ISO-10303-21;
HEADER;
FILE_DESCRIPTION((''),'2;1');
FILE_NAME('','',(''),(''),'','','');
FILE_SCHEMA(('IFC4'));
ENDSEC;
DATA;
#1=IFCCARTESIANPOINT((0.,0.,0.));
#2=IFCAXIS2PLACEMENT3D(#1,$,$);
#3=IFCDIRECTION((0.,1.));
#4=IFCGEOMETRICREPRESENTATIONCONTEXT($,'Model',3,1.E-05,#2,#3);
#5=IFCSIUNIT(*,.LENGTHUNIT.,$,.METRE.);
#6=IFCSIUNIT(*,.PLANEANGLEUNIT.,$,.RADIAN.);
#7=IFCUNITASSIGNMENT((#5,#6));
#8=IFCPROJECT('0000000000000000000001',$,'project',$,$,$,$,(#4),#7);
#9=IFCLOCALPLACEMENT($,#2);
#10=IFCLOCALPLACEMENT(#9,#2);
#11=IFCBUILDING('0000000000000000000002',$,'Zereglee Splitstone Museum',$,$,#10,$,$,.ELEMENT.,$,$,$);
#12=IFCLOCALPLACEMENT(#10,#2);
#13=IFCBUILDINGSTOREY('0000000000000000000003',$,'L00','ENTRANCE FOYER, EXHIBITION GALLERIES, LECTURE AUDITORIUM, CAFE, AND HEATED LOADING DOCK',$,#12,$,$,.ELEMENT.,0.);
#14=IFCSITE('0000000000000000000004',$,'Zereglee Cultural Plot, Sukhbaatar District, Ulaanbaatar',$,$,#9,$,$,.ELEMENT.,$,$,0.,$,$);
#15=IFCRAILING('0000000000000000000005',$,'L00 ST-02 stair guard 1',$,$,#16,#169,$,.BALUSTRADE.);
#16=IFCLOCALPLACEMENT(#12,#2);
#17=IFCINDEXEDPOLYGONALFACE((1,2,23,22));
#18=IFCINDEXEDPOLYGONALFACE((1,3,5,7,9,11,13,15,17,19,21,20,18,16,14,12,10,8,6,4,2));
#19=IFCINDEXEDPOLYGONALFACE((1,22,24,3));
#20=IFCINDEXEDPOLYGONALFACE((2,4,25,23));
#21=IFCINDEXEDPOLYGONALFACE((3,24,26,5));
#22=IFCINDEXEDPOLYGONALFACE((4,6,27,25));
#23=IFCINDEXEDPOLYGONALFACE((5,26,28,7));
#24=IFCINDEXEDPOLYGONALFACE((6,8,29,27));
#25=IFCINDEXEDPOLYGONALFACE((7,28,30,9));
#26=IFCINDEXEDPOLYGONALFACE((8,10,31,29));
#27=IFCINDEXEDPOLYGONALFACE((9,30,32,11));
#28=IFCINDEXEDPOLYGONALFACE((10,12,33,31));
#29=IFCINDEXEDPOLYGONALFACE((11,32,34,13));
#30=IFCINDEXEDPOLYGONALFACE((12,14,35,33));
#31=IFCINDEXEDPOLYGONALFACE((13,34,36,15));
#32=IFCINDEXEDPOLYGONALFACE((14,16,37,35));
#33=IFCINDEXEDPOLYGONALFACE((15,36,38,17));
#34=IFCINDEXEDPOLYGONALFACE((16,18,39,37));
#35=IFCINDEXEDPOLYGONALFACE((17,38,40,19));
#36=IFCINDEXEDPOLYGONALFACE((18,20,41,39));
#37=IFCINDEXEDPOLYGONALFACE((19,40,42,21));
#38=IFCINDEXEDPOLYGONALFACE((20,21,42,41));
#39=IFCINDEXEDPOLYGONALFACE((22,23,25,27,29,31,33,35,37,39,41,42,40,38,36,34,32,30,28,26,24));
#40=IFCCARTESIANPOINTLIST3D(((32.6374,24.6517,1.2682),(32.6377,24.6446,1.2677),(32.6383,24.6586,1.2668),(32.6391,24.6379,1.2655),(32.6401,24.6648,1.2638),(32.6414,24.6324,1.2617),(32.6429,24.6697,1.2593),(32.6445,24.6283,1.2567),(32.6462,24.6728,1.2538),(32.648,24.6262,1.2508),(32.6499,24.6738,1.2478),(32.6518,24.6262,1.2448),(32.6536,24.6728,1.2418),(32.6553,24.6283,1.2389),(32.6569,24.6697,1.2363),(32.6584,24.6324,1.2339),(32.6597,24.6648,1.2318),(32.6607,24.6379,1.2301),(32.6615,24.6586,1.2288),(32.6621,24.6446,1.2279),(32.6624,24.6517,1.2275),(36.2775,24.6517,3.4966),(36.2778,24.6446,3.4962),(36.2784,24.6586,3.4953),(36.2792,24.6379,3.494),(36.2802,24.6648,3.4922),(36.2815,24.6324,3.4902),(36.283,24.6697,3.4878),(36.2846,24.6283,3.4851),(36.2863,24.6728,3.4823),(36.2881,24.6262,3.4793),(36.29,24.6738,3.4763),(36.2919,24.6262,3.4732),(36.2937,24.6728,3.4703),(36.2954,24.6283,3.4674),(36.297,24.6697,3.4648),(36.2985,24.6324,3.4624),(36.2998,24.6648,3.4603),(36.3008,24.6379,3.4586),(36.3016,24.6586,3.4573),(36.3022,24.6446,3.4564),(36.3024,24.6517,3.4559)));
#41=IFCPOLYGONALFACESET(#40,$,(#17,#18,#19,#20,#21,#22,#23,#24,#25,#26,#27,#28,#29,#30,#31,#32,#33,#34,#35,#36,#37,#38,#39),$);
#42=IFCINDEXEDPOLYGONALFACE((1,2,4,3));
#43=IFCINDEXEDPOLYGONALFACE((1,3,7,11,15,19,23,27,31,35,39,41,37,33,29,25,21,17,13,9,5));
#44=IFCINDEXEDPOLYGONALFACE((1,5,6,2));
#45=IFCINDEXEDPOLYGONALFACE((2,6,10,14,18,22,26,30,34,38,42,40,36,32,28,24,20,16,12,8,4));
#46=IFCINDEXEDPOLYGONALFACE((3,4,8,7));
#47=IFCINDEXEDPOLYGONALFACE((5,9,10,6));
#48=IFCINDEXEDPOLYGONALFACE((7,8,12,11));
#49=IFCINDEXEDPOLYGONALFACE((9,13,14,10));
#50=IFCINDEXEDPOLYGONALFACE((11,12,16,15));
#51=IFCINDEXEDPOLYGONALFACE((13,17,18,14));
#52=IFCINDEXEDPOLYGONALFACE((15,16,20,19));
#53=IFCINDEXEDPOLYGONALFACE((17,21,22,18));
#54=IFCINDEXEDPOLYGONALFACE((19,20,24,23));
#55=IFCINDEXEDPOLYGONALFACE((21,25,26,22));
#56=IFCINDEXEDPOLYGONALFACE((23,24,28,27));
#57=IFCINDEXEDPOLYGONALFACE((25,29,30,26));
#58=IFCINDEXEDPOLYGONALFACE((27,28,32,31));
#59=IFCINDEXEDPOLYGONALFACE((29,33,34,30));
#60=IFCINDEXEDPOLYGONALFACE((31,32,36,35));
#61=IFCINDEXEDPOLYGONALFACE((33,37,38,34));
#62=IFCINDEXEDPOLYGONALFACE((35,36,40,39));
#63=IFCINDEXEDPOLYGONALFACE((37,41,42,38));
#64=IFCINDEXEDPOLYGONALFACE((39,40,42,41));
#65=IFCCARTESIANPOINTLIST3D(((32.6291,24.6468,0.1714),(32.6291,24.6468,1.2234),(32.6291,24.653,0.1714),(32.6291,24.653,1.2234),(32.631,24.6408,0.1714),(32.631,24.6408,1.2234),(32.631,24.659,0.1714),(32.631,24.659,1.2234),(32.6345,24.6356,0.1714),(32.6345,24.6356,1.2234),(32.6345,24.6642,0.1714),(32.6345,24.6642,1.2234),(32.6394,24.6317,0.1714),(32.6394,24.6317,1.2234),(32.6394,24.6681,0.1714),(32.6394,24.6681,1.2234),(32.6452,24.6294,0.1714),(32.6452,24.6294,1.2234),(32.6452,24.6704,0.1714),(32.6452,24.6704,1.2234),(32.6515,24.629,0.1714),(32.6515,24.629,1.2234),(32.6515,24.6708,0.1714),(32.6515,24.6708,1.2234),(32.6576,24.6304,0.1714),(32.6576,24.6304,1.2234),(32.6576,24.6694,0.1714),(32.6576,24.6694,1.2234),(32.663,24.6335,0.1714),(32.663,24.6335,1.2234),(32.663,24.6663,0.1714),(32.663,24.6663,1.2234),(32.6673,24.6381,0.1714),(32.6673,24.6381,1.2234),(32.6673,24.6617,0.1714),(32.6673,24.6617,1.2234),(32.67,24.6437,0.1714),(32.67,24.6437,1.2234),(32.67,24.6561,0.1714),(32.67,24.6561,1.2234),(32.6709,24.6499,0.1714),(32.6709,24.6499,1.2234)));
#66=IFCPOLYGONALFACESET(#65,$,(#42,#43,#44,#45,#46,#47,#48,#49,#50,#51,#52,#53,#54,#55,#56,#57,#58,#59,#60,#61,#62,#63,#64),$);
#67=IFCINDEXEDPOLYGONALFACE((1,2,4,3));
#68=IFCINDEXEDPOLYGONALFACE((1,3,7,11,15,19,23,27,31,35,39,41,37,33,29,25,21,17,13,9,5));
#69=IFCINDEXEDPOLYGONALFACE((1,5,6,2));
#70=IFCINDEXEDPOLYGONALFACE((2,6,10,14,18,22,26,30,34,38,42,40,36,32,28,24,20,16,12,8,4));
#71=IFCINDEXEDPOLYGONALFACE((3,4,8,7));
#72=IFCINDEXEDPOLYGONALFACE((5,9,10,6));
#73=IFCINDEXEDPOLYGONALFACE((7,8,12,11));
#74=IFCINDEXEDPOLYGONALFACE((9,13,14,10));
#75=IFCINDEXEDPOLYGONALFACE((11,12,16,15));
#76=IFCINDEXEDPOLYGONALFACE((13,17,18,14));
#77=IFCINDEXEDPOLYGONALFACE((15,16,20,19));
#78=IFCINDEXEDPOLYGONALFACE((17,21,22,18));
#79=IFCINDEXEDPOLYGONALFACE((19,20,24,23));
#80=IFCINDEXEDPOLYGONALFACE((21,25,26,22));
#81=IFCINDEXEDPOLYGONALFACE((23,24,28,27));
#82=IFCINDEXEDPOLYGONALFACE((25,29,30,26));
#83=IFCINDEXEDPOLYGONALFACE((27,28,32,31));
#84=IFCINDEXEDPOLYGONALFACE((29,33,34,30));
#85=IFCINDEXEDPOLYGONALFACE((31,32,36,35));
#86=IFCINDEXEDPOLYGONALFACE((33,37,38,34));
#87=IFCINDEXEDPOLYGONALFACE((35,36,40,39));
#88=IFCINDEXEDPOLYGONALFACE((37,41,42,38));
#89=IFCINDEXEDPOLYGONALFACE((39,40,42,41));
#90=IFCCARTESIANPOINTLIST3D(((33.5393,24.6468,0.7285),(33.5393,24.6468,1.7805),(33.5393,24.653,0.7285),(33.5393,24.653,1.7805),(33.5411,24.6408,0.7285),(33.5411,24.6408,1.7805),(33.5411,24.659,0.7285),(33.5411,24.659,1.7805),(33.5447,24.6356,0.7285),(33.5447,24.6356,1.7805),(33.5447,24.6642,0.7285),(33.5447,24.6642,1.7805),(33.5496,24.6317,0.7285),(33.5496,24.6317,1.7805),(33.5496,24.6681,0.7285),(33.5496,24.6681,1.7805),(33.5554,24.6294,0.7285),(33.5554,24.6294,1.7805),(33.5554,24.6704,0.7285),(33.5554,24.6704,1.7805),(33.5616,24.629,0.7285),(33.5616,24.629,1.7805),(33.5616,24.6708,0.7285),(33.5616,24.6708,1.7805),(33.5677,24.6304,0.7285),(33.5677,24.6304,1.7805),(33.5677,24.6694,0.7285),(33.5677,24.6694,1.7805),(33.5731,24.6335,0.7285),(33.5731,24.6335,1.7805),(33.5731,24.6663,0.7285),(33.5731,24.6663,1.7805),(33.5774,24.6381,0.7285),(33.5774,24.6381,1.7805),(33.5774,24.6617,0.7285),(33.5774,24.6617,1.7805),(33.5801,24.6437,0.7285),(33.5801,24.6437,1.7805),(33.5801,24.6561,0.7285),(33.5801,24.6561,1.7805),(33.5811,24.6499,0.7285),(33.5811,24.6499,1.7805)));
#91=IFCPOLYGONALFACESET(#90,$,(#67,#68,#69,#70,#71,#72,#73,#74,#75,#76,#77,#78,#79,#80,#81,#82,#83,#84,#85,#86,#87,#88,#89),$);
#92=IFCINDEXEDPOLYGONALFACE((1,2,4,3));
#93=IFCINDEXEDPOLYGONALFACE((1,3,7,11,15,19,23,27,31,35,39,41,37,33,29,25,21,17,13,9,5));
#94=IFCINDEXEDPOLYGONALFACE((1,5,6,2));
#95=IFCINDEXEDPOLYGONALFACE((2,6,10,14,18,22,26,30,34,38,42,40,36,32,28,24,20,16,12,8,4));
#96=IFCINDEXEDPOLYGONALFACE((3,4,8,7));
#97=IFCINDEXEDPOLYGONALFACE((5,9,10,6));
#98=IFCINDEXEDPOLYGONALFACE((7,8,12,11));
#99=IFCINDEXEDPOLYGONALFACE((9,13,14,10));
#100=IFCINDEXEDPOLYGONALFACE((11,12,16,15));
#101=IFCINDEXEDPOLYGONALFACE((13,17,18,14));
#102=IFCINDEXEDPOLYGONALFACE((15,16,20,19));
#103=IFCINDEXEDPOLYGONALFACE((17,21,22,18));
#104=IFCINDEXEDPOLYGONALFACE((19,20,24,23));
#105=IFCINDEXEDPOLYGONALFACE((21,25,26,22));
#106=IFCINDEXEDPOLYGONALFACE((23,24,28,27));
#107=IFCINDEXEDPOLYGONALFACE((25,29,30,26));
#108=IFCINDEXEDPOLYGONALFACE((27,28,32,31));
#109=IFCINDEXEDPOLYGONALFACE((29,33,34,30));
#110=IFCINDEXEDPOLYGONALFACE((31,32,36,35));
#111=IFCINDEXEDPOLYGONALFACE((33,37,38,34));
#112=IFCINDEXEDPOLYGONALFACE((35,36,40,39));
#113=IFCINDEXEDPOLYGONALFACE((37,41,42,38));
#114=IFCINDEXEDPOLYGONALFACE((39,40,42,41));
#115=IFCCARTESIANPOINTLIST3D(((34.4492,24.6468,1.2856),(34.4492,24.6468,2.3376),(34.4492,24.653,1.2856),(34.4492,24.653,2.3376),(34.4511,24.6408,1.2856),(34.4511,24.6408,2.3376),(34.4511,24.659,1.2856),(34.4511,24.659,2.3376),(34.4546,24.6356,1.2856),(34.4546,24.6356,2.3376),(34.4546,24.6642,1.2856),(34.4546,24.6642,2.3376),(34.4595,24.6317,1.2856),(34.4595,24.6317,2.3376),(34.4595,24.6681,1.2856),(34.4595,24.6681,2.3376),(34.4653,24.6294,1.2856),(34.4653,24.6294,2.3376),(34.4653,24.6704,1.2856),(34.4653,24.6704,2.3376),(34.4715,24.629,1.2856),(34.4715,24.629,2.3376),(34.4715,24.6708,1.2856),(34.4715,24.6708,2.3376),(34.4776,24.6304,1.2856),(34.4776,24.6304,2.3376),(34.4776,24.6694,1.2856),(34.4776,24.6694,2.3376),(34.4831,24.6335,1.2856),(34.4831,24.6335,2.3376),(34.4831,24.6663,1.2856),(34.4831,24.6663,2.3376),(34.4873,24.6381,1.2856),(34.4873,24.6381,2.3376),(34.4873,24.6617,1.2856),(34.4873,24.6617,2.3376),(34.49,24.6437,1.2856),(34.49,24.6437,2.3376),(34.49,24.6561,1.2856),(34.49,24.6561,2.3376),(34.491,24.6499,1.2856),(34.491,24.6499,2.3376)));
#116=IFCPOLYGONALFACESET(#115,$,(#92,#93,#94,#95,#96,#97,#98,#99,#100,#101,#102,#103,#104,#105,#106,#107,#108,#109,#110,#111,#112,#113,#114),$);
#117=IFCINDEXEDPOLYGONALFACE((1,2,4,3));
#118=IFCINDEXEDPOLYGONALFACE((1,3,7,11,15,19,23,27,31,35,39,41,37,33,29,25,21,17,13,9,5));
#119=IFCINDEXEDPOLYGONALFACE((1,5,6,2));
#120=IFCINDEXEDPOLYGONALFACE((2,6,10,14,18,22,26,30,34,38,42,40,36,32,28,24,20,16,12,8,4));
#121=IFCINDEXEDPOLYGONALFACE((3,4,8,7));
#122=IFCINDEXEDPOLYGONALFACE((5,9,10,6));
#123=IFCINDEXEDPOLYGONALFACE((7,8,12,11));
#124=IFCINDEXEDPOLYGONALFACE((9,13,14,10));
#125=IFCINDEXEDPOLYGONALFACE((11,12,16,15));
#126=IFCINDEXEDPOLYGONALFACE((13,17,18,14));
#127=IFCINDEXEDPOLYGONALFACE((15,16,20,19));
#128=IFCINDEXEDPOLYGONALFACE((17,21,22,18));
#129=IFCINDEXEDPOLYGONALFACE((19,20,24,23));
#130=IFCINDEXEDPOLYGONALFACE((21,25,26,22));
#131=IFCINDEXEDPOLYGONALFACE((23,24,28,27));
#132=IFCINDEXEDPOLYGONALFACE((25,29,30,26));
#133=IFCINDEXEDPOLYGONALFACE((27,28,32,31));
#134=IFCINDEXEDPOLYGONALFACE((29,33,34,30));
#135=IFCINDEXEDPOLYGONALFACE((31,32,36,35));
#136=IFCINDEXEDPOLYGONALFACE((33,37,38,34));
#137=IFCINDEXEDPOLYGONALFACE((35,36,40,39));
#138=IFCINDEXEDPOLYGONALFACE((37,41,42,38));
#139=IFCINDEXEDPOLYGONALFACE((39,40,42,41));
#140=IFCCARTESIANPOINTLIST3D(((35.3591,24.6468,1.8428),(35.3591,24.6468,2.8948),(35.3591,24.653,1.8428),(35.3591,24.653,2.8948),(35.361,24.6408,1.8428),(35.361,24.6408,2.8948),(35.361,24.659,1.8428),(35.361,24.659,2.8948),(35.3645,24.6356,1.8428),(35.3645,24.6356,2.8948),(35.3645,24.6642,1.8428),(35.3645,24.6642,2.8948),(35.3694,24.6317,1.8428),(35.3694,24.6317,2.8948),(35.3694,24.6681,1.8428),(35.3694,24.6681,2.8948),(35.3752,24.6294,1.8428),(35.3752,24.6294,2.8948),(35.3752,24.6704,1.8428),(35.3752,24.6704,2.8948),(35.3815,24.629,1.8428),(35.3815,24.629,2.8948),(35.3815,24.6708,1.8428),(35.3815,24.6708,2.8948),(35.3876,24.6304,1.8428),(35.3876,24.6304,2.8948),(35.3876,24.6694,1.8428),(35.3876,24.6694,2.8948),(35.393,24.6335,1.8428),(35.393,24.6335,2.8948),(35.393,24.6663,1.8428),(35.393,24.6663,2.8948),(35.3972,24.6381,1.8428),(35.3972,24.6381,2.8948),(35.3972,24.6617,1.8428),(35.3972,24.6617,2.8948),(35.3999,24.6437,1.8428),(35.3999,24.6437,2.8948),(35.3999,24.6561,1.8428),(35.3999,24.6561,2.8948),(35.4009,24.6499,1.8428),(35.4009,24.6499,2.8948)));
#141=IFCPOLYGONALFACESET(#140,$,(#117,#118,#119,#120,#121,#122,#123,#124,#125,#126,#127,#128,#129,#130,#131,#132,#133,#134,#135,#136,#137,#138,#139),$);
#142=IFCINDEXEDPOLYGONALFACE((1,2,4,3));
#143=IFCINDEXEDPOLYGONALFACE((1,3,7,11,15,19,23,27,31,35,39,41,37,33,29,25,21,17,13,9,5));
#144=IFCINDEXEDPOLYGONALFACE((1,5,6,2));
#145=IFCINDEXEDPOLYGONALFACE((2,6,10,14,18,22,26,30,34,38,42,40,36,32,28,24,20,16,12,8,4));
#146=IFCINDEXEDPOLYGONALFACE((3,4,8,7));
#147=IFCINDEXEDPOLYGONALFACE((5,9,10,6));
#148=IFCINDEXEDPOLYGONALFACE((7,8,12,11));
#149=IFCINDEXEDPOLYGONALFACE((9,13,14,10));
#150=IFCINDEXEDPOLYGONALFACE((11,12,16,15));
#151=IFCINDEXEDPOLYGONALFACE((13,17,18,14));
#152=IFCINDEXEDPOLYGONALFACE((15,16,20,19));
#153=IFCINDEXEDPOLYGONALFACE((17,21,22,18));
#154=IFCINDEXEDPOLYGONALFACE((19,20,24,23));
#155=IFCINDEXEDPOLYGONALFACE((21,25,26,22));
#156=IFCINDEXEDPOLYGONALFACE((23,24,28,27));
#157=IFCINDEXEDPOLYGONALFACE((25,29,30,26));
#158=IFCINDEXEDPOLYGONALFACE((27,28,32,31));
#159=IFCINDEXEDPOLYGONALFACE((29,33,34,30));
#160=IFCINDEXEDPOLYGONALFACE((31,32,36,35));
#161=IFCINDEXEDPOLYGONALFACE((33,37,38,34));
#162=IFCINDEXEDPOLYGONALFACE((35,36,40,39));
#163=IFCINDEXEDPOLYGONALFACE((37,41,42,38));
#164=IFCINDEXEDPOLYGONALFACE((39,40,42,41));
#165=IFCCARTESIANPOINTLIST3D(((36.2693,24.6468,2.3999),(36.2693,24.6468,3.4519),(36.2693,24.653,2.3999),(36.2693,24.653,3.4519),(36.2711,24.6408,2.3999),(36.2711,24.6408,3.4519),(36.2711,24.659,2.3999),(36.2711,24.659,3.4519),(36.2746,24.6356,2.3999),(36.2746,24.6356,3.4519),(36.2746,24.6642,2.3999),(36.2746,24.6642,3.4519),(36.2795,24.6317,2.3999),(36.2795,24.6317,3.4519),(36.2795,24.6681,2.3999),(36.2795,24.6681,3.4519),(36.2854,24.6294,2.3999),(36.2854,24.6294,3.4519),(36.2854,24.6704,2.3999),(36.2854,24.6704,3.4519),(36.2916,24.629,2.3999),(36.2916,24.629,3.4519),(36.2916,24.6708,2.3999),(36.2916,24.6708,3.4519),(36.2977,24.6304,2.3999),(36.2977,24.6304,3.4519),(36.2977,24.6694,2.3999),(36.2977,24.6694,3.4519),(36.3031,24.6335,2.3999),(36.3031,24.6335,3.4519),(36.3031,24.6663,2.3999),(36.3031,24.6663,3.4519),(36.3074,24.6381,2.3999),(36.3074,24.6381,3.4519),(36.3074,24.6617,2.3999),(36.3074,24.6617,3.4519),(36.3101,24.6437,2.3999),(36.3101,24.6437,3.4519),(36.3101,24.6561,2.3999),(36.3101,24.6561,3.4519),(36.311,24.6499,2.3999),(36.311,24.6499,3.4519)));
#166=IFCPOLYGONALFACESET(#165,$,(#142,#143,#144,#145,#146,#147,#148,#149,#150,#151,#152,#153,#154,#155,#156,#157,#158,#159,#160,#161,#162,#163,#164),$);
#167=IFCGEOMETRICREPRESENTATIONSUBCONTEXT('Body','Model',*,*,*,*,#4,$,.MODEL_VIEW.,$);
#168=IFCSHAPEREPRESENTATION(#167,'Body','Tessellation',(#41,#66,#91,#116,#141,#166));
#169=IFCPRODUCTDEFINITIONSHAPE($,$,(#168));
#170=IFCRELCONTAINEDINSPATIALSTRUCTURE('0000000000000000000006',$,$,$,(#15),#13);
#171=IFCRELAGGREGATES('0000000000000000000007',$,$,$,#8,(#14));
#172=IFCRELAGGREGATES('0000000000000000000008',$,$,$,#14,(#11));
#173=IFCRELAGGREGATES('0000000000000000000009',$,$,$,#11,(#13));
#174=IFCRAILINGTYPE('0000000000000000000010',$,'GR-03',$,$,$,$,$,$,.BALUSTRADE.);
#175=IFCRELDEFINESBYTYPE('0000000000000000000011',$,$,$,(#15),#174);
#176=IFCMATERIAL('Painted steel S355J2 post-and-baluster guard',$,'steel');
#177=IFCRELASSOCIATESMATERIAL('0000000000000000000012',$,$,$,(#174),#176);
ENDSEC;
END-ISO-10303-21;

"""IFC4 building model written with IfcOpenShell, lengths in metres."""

from ifc_helpers import new_model, si_unit, direction, frame, origin, origin_2d, place, context, subcontext, project, spatial, circle, extrude, material, type_object, element, save


model = new_model("IFC4")

# Units and contexts
model_context = context("Model", 3, precision=1e-05, world=origin(), true_north=direction((0.0, 1.0)))
body_context = subcontext(model_context, "Body", "Model", "MODEL_VIEW")
ifc_project = project(units=[si_unit("LENGTHUNIT", "METRE"), si_unit("PLANEANGLEUNIT", "RADIAN")], contexts=[model_context])

# Site, building, storey
site_placement = place(None, origin())
site = spatial("IfcSite", under=ifc_project, at=site_placement, Name="Zereglee Cultural Plot, Sukhbaatar District, Ulaanbaatar", CompositionType="ELEMENT", RefElevation=0.0)
building_placement = place(site_placement, origin())
building = spatial("IfcBuilding", under=site, at=building_placement, Name="Zereglee Splitstone Museum", CompositionType="ELEMENT")
storey_placement = place(building_placement, origin())
storey = spatial("IfcBuildingStorey", under=building, at=storey_placement, Name="L00", Description="ENTRANCE FOYER, EXHIBITION GALLERIES, LECTURE AUDITORIUM, CAFE, AND HEATED LOADING DOCK", CompositionType="ELEMENT", Elevation=0.0)

# Railing
ifc_material_1 = material(Name="Painted steel S355J2 post-and-baluster guard", Category="steel")
railing_type_1 = type_object("IfcRailingType", Name="GR-03", PredefinedType="BALUSTRADE", material=ifc_material_1)
railing_1_placement = place(storey_placement, frame((32.6499, 24.6499, 0.1714)))
element("IfcRailing", 1, at=railing_1_placement, inside=storey, type_object=railing_type_1, Name="L00 ST-02 stair guard 1", PredefinedType="BALUSTRADE", context=body_context, shape_type="SweptSolid", body=[
    extrude(circle(Radius=0.0239, at=origin_2d()), frame((0.0, 0.0, 1.0764), z_axis=(0.852866, 0.0, 0.52213), x_axis=(0.0, 1.0, 0.0)), (0.0, 0.0, 1.0), 4.2681),
    extrude(circle(Radius=0.021, at=origin_2d()), origin(), (0.0, 0.0, 1.0), 1.052),
    extrude(circle(Radius=0.021, at=origin_2d()), frame((0.9102, 0.0, 0.5571)), (0.0, 0.0, 1.0), 1.052),
    extrude(circle(Radius=0.021, at=origin_2d()), frame((1.8201, 0.0, 1.1143)), (0.0, 0.0, 1.0), 1.052),
    extrude(circle(Radius=0.021, at=origin_2d()), frame((2.73, 0.0, 1.6714)), (0.0, 0.0, 1.0), 1.052),
    extrude(circle(Radius=0.021, at=origin_2d()), frame((3.6401, 0.0, 2.2285)), (0.0, 0.0, 1.0), 1.052),
])

save(model, "model.ifc")
